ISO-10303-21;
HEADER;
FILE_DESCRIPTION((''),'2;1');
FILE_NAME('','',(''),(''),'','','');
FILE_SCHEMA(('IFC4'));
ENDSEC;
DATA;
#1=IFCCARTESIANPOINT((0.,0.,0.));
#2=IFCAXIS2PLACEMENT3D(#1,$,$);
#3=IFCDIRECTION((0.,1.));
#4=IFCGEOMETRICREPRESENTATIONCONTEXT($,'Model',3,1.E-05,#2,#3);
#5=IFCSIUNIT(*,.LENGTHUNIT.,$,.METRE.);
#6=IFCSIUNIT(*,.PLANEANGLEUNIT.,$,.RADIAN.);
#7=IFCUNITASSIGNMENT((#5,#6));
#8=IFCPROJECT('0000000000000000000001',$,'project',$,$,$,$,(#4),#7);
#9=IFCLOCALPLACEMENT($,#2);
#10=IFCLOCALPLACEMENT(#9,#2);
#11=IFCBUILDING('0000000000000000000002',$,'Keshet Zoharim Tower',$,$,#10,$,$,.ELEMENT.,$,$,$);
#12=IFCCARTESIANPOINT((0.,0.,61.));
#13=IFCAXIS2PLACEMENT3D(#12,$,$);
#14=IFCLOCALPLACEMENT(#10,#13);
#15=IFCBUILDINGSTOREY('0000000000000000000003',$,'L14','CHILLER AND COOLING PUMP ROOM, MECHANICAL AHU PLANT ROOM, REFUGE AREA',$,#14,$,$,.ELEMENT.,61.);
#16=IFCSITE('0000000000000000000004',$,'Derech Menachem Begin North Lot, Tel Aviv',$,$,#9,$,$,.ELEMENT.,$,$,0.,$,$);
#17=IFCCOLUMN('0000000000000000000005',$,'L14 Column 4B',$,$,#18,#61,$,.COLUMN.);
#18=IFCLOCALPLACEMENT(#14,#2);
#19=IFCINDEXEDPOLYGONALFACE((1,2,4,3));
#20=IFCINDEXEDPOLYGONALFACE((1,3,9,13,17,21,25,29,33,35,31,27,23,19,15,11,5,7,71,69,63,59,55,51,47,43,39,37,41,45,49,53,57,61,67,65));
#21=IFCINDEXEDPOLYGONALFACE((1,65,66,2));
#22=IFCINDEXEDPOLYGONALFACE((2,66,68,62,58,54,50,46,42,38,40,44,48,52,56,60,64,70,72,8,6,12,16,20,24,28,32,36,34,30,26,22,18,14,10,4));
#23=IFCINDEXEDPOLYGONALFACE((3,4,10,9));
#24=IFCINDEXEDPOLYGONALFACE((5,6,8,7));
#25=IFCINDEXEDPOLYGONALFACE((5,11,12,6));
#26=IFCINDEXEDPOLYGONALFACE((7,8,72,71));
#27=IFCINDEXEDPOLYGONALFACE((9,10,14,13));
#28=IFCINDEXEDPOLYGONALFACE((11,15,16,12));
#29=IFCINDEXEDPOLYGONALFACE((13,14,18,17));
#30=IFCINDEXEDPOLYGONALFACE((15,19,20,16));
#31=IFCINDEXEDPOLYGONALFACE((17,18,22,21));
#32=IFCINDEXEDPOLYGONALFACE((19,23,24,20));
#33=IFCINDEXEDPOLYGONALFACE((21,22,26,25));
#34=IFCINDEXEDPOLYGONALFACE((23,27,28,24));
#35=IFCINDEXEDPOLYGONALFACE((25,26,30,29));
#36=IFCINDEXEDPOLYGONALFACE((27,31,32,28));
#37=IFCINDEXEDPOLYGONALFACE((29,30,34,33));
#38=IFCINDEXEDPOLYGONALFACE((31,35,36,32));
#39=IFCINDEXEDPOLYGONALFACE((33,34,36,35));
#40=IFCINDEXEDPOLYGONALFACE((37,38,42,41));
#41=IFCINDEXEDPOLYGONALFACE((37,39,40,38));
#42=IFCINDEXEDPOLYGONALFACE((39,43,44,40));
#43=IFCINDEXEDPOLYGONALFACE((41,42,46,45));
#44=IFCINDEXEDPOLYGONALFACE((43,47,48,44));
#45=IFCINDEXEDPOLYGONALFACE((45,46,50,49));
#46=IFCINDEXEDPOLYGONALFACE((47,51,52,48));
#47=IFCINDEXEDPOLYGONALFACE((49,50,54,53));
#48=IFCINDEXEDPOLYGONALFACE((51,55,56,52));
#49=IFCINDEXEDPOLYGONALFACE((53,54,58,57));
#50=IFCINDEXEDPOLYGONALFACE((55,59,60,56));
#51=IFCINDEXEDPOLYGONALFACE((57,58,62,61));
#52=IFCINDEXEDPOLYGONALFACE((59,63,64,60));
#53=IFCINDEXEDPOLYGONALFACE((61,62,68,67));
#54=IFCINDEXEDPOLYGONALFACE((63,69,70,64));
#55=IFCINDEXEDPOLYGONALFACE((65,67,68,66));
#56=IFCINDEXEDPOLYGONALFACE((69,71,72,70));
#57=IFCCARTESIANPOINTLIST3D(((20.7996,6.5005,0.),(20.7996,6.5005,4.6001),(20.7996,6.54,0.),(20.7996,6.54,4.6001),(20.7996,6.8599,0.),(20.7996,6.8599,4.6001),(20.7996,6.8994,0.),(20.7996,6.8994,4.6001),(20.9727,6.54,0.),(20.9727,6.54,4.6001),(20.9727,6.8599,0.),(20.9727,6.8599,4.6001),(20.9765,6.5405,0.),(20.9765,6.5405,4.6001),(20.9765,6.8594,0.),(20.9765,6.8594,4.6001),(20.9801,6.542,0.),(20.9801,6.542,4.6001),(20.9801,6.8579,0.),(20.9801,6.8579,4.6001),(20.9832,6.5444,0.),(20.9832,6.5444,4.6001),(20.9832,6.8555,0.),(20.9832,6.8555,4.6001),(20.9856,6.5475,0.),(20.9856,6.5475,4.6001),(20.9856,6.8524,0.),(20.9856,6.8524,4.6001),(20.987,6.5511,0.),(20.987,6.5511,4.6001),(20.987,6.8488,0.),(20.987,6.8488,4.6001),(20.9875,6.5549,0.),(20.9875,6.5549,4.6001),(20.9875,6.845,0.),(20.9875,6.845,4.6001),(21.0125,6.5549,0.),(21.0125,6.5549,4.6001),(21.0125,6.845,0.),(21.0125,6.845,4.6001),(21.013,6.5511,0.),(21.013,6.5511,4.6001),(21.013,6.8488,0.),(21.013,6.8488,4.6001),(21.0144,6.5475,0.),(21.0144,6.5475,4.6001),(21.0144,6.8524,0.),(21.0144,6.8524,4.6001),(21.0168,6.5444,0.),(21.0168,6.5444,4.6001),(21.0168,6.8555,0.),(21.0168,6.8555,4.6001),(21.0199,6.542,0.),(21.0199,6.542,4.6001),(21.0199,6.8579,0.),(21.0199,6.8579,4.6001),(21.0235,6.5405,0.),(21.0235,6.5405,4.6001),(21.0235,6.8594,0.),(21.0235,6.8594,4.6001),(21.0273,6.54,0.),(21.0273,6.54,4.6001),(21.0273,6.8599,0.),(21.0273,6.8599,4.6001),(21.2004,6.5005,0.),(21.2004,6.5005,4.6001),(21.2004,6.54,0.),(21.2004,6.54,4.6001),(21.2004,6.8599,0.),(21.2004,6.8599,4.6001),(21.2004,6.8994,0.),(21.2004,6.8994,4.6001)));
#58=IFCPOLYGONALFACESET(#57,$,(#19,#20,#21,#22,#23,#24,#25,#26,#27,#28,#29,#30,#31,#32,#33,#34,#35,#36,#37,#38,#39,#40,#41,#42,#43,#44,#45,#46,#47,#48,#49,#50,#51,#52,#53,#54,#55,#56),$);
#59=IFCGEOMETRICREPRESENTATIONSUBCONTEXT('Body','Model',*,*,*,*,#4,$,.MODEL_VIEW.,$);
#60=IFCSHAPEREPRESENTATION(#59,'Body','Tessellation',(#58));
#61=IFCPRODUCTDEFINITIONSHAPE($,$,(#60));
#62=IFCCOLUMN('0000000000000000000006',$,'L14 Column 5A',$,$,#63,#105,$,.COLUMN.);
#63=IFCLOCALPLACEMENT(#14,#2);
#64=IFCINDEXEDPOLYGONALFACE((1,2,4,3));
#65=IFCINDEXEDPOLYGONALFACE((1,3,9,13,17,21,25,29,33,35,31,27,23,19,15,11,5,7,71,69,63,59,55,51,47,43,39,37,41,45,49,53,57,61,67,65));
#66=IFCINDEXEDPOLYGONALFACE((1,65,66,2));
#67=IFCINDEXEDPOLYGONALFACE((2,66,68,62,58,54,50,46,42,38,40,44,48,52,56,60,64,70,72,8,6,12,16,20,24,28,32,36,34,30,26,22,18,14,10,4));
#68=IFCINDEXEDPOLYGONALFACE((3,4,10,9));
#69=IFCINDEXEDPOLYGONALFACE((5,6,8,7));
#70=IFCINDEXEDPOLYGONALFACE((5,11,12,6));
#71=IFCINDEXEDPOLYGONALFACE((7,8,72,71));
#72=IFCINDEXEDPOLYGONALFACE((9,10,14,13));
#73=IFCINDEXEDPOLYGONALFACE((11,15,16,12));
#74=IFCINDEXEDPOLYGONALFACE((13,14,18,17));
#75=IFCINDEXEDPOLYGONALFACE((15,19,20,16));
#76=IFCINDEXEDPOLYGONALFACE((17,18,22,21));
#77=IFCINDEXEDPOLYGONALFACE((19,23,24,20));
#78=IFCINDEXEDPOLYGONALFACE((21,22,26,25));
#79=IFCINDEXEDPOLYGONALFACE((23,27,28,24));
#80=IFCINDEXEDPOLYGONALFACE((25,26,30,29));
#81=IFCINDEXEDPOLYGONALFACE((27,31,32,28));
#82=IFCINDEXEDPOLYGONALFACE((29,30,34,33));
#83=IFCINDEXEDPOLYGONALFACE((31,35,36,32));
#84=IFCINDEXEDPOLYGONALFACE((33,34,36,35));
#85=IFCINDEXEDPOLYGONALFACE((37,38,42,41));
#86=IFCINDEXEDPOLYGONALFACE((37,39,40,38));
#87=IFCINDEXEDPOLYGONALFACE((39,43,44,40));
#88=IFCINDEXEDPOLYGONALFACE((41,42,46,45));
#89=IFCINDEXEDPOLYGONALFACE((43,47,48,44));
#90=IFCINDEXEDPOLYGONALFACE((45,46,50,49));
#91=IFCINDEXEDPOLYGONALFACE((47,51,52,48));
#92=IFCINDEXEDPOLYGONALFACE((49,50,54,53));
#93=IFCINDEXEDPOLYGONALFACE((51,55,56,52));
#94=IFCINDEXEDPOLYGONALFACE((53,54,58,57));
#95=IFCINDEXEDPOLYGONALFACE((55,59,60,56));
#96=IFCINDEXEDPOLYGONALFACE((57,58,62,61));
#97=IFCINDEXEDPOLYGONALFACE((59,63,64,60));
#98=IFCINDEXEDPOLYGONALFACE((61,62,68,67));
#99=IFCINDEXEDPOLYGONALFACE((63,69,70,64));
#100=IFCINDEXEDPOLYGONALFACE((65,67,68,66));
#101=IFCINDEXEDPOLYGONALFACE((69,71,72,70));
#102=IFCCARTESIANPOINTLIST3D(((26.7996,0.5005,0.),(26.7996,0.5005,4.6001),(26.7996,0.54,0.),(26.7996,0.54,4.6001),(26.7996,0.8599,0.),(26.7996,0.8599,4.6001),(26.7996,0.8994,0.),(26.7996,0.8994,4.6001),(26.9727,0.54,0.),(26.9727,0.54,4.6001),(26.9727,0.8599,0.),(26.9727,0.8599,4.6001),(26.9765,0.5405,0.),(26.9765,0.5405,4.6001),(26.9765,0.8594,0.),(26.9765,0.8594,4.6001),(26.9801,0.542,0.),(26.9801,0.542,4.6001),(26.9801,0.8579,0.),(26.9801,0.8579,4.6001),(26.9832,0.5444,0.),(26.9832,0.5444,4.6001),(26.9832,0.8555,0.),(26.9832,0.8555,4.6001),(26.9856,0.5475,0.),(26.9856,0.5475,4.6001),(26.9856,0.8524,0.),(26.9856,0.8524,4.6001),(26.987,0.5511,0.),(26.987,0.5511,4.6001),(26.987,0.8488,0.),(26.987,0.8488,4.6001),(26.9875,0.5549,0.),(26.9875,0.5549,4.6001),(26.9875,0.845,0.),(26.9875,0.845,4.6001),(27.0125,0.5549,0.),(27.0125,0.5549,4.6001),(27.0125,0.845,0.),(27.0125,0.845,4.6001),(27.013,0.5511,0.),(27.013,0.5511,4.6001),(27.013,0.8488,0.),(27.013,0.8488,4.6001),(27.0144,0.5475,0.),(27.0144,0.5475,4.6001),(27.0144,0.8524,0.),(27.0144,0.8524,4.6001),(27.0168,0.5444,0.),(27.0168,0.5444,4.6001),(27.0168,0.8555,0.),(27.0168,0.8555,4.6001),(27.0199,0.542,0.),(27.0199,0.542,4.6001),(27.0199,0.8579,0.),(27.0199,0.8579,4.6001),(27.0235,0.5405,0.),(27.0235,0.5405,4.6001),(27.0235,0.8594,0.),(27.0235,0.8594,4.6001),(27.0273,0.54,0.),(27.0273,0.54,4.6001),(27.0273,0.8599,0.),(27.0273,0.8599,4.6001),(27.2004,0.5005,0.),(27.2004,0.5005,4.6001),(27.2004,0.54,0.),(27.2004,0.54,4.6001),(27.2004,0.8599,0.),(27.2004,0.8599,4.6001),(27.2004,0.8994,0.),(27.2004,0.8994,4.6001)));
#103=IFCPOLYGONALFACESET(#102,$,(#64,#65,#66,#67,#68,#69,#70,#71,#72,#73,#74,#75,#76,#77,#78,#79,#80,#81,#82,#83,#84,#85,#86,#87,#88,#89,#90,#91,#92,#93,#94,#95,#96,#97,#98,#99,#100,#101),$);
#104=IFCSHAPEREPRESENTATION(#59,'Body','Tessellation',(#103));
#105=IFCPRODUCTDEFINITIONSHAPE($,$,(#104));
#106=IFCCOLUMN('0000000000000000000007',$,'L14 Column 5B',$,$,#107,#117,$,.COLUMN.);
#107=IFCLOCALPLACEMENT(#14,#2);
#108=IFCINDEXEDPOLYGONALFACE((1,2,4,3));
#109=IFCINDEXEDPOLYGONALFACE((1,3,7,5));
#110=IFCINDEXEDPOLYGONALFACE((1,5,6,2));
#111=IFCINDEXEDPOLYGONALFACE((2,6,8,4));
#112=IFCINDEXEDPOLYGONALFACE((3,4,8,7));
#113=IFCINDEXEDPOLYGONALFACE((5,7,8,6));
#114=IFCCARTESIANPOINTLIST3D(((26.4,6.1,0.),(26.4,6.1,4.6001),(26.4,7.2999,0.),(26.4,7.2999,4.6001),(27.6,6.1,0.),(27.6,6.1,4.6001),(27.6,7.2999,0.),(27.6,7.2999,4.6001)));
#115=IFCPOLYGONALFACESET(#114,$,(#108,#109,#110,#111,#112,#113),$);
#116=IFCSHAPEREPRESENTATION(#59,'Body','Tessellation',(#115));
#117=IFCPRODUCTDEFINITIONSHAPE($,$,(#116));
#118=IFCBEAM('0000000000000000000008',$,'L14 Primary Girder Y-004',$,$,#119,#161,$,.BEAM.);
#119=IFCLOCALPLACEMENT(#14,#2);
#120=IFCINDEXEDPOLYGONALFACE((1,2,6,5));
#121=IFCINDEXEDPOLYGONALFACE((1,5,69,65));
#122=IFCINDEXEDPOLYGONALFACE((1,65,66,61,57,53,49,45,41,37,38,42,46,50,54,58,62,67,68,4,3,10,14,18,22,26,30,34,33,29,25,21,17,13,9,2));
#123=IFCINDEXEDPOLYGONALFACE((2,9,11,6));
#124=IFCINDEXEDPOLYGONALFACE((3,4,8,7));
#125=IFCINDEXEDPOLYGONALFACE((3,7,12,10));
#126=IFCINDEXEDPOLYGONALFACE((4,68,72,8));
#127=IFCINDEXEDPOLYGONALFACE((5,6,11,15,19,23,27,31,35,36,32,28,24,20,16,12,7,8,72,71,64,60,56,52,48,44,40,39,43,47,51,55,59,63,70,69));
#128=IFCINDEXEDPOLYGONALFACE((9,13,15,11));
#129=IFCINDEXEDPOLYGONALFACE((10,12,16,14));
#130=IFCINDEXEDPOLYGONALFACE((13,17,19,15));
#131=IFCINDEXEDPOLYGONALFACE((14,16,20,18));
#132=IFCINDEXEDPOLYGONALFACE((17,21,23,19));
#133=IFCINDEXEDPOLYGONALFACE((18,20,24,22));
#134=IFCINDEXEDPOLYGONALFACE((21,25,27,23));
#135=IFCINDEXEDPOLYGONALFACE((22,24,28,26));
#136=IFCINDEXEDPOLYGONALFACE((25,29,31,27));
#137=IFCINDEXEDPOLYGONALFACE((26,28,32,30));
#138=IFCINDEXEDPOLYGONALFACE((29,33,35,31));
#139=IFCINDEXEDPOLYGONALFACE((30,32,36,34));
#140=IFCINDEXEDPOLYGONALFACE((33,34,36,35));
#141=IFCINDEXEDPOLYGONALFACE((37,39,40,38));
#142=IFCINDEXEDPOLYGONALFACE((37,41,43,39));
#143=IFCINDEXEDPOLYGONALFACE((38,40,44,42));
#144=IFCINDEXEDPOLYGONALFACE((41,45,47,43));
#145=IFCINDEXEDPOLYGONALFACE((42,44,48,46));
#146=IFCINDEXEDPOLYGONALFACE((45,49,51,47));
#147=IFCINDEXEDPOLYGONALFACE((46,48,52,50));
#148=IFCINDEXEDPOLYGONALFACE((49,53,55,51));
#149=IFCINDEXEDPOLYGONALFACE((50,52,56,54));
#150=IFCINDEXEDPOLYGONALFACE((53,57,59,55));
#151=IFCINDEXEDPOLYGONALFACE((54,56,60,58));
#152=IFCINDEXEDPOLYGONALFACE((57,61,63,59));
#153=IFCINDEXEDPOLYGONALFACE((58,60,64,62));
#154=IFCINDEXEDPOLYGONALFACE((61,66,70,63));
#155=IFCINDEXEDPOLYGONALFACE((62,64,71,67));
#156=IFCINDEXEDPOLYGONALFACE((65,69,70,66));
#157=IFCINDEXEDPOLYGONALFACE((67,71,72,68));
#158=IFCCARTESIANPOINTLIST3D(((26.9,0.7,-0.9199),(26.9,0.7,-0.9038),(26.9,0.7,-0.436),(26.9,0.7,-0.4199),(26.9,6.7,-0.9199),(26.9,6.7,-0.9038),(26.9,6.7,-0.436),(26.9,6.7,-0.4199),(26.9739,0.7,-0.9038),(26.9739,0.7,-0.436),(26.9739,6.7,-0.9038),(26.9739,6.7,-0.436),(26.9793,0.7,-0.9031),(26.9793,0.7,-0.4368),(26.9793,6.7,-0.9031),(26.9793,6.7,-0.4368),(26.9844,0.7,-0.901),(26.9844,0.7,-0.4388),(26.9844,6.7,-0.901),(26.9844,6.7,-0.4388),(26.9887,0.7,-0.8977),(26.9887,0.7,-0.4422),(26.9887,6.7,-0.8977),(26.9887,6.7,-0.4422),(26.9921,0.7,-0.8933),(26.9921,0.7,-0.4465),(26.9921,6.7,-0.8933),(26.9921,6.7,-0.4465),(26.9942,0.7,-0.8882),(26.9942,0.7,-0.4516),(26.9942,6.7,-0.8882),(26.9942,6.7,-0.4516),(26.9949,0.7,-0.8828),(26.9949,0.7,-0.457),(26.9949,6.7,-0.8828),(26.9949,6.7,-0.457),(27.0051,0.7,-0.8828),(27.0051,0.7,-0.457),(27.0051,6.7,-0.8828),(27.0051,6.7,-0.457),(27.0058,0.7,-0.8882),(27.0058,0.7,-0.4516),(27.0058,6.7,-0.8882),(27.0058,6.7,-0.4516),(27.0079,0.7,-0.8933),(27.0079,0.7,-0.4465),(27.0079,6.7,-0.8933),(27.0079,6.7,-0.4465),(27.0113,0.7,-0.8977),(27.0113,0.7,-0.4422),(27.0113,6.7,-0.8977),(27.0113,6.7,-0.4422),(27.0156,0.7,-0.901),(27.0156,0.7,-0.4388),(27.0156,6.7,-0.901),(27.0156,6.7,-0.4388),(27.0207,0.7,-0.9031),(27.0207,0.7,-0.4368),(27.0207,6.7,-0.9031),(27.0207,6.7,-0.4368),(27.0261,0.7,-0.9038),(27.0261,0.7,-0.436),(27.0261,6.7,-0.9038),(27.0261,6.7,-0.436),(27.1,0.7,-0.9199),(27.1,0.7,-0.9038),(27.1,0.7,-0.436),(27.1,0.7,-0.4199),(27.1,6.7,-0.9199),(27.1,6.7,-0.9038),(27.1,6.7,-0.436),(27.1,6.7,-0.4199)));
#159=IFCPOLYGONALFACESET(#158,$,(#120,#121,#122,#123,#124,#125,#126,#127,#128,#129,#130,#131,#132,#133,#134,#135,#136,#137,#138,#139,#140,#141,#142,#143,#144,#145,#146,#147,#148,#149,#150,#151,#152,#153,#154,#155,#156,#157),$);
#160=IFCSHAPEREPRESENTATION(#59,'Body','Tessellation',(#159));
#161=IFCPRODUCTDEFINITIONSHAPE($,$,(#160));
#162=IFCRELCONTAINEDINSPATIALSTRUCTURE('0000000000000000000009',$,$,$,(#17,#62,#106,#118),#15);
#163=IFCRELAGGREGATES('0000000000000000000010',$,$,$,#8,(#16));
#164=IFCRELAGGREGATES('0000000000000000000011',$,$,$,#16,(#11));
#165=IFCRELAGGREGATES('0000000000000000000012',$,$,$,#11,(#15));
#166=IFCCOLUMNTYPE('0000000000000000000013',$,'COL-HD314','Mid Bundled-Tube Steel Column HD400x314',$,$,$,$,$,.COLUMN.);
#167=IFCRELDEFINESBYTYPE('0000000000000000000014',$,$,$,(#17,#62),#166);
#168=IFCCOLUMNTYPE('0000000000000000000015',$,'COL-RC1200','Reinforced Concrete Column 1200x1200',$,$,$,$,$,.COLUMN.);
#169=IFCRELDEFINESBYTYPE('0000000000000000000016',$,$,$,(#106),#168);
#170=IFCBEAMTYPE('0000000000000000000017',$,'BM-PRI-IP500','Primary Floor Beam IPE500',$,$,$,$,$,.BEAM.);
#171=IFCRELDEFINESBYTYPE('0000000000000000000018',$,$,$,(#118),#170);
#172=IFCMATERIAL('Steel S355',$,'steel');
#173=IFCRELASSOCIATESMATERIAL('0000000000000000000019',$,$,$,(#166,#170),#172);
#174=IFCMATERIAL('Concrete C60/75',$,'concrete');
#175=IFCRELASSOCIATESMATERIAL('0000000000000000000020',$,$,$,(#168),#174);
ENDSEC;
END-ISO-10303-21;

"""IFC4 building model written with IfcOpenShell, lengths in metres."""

from ifc_helpers import new_model, si_unit, direction, frame, origin, origin_2d, place, context, subcontext, project, spatial, rectangle, i_section, extrude, material, material_profile, profile_set, type_object, element, save


model = new_model("IFC4")

# Units and contexts
model_context = context("Model", 3, precision=1e-05, world=origin(), true_north=direction((0.0, 1.0)))
body_context = subcontext(model_context, "Body", "Model", "MODEL_VIEW")
ifc_project = project(units=[si_unit("LENGTHUNIT", "METRE"), si_unit("PLANEANGLEUNIT", "RADIAN")], contexts=[model_context])

# Site, building, storey
site_placement = place(None, origin())
site = spatial("IfcSite", under=ifc_project, at=site_placement, Name="Derech Menachem Begin North Lot, Tel Aviv", CompositionType="ELEMENT", RefElevation=0.0)
building_placement = place(site_placement, origin())
building = spatial("IfcBuilding", under=site, at=building_placement, Name="Keshet Zoharim Tower", CompositionType="ELEMENT")
storey_placement = place(building_placement, frame((0.0, 0.0, 61.0)))
storey = spatial("IfcBuildingStorey", under=building, at=storey_placement, Name="L14", Description="CHILLER AND COOLING PUMP ROOM, MECHANICAL AHU PLANT ROOM, REFUGE AREA", CompositionType="ELEMENT", Elevation=61.0)

# Columns
ifc_material_1 = material(Name="Steel S355", Category="steel")
ifc_material_profile_1 = material_profile(ifc_material_1, i_section(OverallWidth=0.4009, OverallDepth=0.3989, WebThickness=0.0249, FlangeThickness=0.0396, FilletRadius=0.0149, at=origin_2d()), Name="HD400x314")
ifc_profile_set_1 = profile_set([ifc_material_profile_1], Name="Steel S355")
column_type_1 = type_object("IfcColumnType", Name="COL-HD314", Description="Mid Bundled-Tube Steel Column HD400x314", PredefinedType="COLUMN", material=ifc_profile_set_1)
for number, where, z_axis, x_axis, name in (
    (1, (21.0, 6.7, 0.0), (0.0, 0.0, 1.0), (1.0, 0.0, 0.0), "L14 Column 4B"),
    (2, (27.0, 0.7, 0.0), (0.0, 0.0, 1.0), (1.0, 0.0, 0.0), "L14 Column 5A"),
):
    element("IfcColumn", number, at=place(storey_placement, frame(where, z_axis=z_axis, x_axis=x_axis)), inside=storey, type_object=column_type_1, Name=name, PredefinedType="COLUMN", context=body_context, shape_type="SweptSolid", body=[
        extrude(i_section(OverallWidth=0.4009, OverallDepth=0.3989, WebThickness=0.0249, FlangeThickness=0.0396, FilletRadius=0.0149, at=origin_2d()), origin(), (0.0, 0.0, 1.0), 4.6001),
    ])
ifc_material_2 = material(Name="Concrete C60/75", Category="concrete")
ifc_material_profile_2 = material_profile(ifc_material_2, rectangle(XDim=1.2, YDim=1.2, at=origin_2d()), Name="RC1200x1200")
ifc_profile_set_2 = profile_set([ifc_material_profile_2], Name="Concrete C60/75")
column_type_2 = type_object("IfcColumnType", Name="COL-RC1200", Description="Reinforced Concrete Column 1200x1200", PredefinedType="COLUMN", material=ifc_profile_set_2)
column_placement = place(storey_placement, frame((27.0, 6.7, 0.0), z_axis=(0.0, 0.0, 1.0), x_axis=(1.0, 0.0, 0.0)))
element("IfcColumn", 3, at=column_placement, inside=storey, type_object=column_type_2, Name="L14 Column 5B", PredefinedType="COLUMN", context=body_context, shape_type="SweptSolid", body=[
    extrude(rectangle(XDim=1.2, YDim=1.2, at=origin_2d()), origin(), (0.0, 0.0, 1.0), 4.6001),
])

# Beam
ifc_material_profile_3 = material_profile(ifc_material_1, i_section(OverallWidth=0.2, OverallDepth=0.5, WebThickness=0.0103, FlangeThickness=0.0161, FilletRadius=0.021, at=origin_2d()), Name="IPE500")
ifc_profile_set_3 = profile_set([ifc_material_profile_3], Name="Steel S355")
beam_type_1 = type_object("IfcBeamType", Name="BM-PRI-IP500", Description="Primary Floor Beam IPE500", PredefinedType="BEAM", material=ifc_profile_set_3)
beam_1_placement = place(storey_placement, frame((27.0, 0.7, -0.6699), z_axis=(0.0, 1.0, 0.0), x_axis=(-1.0, 0.0, 0.0)))
element("IfcBeam", 4, at=beam_1_placement, inside=storey, type_object=beam_type_1, Name="L14 Primary Girder Y-004", PredefinedType="BEAM", context=body_context, shape_type="SweptSolid", body=[
    extrude(i_section(OverallWidth=0.2, OverallDepth=0.5, WebThickness=0.0103, FlangeThickness=0.0161, FilletRadius=0.021, at=origin_2d()), origin(), (0.0, 0.0, 1.0), 6.0),
])

save(model, "model.ifc")
